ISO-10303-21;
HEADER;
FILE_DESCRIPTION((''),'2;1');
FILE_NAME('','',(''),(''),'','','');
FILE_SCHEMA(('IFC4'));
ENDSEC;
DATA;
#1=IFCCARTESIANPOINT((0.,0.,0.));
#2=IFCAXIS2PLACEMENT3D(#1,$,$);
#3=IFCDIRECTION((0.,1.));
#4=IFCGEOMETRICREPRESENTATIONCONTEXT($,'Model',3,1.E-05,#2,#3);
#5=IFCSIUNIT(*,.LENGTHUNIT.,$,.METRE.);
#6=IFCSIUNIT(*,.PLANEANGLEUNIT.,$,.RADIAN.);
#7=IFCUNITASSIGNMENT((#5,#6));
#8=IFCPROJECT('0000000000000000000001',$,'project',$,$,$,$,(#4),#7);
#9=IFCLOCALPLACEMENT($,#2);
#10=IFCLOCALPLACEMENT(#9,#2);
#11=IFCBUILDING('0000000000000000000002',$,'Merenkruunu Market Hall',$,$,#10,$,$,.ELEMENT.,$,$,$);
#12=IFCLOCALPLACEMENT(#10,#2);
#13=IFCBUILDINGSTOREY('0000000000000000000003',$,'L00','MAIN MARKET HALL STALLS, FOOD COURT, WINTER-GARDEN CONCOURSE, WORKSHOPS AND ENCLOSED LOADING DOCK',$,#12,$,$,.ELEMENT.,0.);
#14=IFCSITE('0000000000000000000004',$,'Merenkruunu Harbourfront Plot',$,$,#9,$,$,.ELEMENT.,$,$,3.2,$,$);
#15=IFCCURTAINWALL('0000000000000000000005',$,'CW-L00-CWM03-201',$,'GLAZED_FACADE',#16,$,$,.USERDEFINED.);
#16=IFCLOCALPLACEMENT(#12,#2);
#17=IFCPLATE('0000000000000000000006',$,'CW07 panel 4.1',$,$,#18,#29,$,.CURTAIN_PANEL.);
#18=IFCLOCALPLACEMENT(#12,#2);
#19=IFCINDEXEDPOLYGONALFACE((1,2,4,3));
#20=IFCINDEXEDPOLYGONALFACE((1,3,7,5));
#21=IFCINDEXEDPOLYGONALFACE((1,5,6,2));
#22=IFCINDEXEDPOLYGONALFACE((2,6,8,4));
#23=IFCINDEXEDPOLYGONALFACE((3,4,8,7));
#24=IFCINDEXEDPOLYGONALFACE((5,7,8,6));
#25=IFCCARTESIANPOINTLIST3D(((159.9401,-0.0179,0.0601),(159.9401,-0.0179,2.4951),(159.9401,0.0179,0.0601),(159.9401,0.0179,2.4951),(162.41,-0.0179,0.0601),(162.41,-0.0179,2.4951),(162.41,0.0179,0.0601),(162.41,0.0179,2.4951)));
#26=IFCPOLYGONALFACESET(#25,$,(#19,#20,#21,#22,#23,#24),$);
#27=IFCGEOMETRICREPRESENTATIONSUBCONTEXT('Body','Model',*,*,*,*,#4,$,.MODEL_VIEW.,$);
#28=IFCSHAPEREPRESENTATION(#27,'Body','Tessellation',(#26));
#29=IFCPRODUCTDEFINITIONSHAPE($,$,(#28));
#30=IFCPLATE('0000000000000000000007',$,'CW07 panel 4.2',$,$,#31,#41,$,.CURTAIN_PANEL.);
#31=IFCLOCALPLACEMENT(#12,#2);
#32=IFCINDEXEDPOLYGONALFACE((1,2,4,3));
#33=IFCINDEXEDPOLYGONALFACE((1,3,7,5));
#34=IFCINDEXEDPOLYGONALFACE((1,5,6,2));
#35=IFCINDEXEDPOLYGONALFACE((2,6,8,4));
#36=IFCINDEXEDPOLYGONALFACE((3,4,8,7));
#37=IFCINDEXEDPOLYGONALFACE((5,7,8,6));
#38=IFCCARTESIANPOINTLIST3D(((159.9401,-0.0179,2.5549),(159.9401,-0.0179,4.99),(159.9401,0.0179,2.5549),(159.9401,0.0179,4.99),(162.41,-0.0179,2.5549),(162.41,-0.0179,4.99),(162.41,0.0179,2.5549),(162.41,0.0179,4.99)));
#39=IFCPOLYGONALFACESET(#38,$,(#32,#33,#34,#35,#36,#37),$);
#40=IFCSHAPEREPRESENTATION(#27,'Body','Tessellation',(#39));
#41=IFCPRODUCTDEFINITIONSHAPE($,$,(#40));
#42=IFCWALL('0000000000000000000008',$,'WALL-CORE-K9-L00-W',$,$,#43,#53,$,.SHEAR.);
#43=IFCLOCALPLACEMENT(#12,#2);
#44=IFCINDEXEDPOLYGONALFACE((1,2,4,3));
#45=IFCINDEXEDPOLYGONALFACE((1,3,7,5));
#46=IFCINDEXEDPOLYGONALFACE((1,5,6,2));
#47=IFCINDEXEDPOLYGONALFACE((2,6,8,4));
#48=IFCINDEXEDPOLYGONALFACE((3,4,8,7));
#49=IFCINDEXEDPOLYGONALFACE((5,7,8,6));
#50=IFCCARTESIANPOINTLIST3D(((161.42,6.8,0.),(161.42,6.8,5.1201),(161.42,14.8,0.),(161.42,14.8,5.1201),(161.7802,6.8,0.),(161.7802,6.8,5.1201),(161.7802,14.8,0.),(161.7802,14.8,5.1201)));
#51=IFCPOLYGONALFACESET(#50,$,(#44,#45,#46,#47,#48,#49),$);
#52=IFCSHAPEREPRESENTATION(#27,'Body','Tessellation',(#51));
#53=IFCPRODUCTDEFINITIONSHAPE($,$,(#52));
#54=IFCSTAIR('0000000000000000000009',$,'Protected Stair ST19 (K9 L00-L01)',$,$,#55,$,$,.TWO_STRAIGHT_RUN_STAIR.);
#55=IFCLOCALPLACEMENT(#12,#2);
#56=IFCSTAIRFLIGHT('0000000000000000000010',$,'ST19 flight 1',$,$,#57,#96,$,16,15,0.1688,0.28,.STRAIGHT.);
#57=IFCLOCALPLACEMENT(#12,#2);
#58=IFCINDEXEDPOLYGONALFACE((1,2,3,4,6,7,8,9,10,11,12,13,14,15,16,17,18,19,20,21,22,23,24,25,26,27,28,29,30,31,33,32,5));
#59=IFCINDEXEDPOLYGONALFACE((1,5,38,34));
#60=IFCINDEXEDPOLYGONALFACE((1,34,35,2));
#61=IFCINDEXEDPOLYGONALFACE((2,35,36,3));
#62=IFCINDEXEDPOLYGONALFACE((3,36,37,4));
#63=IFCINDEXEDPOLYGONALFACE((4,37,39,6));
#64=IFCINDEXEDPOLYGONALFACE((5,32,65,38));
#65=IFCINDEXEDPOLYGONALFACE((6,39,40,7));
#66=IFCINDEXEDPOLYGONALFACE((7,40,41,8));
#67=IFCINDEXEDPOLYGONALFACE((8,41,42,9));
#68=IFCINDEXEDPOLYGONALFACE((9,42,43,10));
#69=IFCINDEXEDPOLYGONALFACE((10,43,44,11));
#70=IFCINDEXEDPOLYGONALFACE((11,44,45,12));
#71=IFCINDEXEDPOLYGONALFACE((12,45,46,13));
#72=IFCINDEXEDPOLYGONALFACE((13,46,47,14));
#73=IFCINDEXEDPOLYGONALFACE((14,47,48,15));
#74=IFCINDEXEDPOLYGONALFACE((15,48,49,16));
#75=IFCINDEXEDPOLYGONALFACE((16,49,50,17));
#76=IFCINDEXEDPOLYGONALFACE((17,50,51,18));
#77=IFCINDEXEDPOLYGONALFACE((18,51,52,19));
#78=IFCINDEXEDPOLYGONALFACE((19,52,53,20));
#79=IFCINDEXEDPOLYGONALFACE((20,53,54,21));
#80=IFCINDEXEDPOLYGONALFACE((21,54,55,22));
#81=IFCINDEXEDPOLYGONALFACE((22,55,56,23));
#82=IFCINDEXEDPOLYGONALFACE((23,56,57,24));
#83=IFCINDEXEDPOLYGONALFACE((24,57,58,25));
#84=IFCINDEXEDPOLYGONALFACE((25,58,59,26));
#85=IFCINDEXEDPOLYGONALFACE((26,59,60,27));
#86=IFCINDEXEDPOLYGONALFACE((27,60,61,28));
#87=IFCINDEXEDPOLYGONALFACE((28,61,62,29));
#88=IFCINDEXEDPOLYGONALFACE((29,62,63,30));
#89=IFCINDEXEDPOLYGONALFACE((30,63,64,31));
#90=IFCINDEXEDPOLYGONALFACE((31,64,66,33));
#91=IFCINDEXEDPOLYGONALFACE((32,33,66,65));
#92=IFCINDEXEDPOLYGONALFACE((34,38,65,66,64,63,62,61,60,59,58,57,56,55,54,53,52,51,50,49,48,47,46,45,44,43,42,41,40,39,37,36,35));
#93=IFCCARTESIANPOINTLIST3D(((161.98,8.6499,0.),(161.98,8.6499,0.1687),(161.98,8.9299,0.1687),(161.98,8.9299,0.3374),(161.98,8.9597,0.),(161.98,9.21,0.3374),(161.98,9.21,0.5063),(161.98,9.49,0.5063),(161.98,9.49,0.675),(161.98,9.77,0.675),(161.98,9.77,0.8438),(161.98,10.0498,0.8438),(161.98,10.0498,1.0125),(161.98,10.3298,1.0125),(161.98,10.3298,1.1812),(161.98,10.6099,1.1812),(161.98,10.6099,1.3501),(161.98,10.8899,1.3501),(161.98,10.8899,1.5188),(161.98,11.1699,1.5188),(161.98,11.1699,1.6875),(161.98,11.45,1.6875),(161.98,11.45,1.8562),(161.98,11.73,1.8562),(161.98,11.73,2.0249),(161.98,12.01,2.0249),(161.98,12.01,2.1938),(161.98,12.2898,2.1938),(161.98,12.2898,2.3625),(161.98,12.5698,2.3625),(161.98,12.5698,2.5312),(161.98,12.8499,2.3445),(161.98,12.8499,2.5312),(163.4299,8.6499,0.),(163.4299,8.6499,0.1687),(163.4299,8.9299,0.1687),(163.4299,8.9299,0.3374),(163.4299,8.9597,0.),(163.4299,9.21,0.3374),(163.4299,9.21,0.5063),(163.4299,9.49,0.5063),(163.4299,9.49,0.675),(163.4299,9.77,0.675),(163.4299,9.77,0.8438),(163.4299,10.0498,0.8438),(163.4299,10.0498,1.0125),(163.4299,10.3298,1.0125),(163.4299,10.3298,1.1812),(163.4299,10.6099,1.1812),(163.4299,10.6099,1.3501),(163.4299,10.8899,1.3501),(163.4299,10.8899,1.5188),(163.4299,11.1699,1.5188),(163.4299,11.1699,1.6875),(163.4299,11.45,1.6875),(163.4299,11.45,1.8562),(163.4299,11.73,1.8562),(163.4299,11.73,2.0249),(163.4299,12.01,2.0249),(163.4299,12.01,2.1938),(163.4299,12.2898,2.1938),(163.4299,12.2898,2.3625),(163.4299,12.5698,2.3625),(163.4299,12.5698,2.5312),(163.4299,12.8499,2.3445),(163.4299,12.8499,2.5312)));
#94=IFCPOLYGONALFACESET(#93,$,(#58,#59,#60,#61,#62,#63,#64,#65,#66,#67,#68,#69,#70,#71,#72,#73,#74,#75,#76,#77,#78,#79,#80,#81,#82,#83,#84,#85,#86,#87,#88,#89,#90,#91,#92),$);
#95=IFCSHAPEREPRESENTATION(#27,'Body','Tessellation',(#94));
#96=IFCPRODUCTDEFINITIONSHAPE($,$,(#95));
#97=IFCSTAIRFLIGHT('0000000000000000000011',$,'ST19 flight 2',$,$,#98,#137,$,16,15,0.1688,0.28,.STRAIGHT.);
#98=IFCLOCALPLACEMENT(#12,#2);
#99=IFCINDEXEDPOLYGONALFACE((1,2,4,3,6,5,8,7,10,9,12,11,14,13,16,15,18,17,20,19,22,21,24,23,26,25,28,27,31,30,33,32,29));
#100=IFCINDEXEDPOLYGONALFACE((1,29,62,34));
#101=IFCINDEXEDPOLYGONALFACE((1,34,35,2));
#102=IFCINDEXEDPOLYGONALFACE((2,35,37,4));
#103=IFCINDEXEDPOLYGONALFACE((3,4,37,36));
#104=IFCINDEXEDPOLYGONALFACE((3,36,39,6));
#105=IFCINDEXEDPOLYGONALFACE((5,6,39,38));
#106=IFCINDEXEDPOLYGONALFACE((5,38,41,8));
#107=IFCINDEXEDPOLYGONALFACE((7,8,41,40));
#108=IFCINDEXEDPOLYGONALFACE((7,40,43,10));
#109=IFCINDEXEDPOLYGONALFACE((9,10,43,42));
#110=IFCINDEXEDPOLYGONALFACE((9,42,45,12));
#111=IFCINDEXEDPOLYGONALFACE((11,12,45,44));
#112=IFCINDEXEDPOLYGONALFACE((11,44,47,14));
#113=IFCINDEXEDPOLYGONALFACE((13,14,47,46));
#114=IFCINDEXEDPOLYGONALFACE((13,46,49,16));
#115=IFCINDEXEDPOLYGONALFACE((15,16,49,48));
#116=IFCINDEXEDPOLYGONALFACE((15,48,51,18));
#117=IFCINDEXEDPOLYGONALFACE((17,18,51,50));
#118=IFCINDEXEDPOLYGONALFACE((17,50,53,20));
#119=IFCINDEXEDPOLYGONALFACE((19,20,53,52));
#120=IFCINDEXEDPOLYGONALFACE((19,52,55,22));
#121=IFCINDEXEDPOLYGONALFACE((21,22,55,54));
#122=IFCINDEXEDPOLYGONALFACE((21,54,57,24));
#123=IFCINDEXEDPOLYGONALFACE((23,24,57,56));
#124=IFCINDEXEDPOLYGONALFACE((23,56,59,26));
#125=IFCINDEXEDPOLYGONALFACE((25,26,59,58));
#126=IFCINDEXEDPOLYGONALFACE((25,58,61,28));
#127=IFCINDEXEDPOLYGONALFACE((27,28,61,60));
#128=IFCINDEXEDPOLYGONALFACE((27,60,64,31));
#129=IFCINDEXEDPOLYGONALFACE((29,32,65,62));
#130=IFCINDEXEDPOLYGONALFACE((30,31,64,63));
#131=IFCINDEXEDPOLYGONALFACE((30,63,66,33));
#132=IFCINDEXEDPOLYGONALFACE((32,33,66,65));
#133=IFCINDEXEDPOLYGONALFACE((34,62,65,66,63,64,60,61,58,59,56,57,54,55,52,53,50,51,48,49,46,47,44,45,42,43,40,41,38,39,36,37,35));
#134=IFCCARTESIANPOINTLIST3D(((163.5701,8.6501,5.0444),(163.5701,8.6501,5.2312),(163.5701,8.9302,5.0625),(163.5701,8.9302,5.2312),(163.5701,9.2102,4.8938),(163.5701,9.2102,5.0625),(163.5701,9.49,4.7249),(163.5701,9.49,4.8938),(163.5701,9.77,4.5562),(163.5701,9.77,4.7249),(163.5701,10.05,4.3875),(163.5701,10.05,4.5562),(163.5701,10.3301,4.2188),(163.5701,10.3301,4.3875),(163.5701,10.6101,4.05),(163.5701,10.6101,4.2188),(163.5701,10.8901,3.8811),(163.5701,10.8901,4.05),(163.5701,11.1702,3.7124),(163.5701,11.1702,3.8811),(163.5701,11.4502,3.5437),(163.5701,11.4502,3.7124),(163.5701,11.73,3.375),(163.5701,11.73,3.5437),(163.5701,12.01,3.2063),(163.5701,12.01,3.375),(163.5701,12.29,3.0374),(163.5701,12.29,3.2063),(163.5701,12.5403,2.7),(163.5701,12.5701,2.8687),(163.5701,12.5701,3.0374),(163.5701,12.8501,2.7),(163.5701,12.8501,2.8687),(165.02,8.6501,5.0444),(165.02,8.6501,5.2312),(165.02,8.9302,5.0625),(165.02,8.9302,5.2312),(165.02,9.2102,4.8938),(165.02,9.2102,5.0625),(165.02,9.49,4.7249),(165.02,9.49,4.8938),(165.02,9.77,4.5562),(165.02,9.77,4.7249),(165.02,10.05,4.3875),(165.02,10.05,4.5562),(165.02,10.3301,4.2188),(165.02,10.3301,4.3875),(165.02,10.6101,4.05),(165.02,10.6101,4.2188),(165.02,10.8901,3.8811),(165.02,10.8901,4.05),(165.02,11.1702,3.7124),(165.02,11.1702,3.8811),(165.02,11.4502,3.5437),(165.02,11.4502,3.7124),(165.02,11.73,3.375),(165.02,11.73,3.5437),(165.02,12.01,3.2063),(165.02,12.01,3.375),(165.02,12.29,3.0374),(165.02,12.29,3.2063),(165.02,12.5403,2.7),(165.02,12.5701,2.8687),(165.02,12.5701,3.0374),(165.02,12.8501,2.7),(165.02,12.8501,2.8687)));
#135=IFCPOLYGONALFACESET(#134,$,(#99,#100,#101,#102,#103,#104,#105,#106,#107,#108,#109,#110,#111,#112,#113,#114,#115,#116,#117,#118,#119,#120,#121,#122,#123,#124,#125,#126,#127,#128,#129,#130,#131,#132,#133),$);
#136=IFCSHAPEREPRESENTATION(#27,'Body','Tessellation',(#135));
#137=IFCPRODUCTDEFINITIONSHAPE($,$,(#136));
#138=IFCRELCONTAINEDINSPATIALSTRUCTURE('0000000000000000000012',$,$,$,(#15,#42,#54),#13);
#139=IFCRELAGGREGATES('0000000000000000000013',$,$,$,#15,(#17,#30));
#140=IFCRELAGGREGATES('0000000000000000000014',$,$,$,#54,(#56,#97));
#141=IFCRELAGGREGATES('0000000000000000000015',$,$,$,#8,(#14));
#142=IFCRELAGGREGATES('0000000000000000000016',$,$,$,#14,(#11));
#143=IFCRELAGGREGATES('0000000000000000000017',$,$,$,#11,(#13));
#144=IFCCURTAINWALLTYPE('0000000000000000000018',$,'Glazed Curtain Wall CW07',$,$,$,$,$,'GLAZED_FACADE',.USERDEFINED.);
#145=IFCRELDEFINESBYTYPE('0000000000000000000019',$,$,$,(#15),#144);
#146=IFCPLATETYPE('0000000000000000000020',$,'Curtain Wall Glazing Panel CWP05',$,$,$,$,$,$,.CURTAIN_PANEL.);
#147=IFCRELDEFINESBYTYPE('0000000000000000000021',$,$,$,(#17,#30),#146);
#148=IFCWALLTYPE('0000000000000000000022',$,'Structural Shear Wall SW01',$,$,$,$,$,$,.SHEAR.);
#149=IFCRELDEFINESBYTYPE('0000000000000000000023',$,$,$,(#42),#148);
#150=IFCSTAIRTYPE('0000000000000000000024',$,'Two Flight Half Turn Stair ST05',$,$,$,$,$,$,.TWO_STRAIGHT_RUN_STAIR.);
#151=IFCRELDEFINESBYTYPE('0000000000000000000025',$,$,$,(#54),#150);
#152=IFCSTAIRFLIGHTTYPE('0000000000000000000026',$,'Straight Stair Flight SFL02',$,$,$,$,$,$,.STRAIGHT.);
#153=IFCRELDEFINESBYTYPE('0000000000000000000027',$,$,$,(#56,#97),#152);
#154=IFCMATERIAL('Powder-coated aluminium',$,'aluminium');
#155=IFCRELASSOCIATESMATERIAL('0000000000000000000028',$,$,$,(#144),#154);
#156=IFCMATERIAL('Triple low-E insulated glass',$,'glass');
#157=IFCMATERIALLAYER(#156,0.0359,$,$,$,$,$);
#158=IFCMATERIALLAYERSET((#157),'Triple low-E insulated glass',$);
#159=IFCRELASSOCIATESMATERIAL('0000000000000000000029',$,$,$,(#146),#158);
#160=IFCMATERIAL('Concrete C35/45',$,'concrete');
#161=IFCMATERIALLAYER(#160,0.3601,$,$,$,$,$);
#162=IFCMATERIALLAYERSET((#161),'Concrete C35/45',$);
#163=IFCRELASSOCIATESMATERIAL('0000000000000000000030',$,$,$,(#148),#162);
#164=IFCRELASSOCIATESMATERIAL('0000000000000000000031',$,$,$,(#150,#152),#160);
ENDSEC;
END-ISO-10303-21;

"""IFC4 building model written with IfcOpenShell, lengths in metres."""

from ifc_helpers import new_model, si_unit, direction, frame, frame_2d, origin, origin_2d, place, context, subcontext, project, spatial, polyline, rectangle, outline, extrude, material, layer, layer_set, type_object, element, aggregate, save


model = new_model("IFC4")

# Units and contexts
model_context = context("Model", 3, precision=1e-05, world=origin(), true_north=direction((0.0, 1.0)))
body_context = subcontext(model_context, "Body", "Model", "MODEL_VIEW")
ifc_project = project(units=[si_unit("LENGTHUNIT", "METRE"), si_unit("PLANEANGLEUNIT", "RADIAN")], contexts=[model_context])

# Site, building, storey
site_placement = place(None, origin())
site = spatial("IfcSite", under=ifc_project, at=site_placement, Name="Merenkruunu Harbourfront Plot", CompositionType="ELEMENT", RefElevation=3.2)
building_placement = place(site_placement, origin())
building = spatial("IfcBuilding", under=site, at=building_placement, Name="Merenkruunu Market Hall", CompositionType="ELEMENT")
storey_placement = place(building_placement, origin())
storey = spatial("IfcBuildingStorey", under=building, at=storey_placement, Name="L00", Description="MAIN MARKET HALL STALLS, FOOD COURT, WINTER-GARDEN CONCOURSE, WORKSHOPS AND ENCLOSED LOADING DOCK", CompositionType="ELEMENT", Elevation=0.0)

# Curtain wall, plates
ifc_material_1 = material(Name="Powder-coated aluminium", Category="aluminium")
curtain_wall_type = type_object("IfcCurtainWallType", Name="Glazed Curtain Wall CW07", ElementType="GLAZED_FACADE", PredefinedType="USERDEFINED", material=ifc_material_1)
curtain_wall_placement = place(storey_placement, origin())
curtain_wall = element("IfcCurtainWall", 1, at=curtain_wall_placement, inside=storey, type_object=curtain_wall_type, Name="CW-L00-CWM03-201", ObjectType="GLAZED_FACADE", PredefinedType="USERDEFINED")
ifc_material_2 = material(Name="Triple low-E insulated glass", Category="glass")
ifc_layer_1 = layer(ifc_material_2, 0.0359)
ifc_layer_set_1 = layer_set([ifc_layer_1], Name="Triple low-E insulated glass")
plate_type = type_object("IfcPlateType", Name="Curtain Wall Glazing Panel CWP05", PredefinedType="CURTAIN_PANEL", material=ifc_layer_set_1)
plate_1_placement = place(storey_placement, frame((161.175, 0.0, 0.0601), z_axis=(0.0, 0.0, 1.0), x_axis=(-1.0, 0.0, 0.0)))
plate_1 = element("IfcPlate", 2, at=plate_1_placement, type_object=plate_type, Name="CW07 panel 4.1", PredefinedType="CURTAIN_PANEL", context=body_context, shape_type="SweptSolid", body=[
    extrude(rectangle(XDim=2.47, YDim=0.0359, at=origin_2d()), origin(), (0.0, 0.0, 1.0), 2.4351),
])
plate_2_placement = place(storey_placement, frame((161.175, 0.0, 2.5549), z_axis=(0.0, 0.0, 1.0), x_axis=(-1.0, 0.0, 0.0)))
plate_2 = element("IfcPlate", 3, at=plate_2_placement, type_object=plate_type, Name="CW07 panel 4.2", PredefinedType="CURTAIN_PANEL", context=body_context, shape_type="SweptSolid", body=[
    extrude(rectangle(XDim=2.47, YDim=0.0359, at=origin_2d()), origin(), (0.0, 0.0, 1.0), 2.4351),
])
aggregate(curtain_wall, [plate_1, plate_2])

# Wall
ifc_material_3 = material(Name="Concrete C35/45", Category="concrete")
ifc_layer_2 = layer(ifc_material_3, 0.3601)
ifc_layer_set_2 = layer_set([ifc_layer_2], Name="Concrete C35/45")
wall_type = type_object("IfcWallType", Name="Structural Shear Wall SW01", PredefinedType="SHEAR", material=ifc_layer_set_2)
wall_placement = place(storey_placement, frame((161.6001, 14.8, 0.0), z_axis=(0.0, 0.0, 1.0), x_axis=(0.0, -1.0, 0.0)))
element("IfcWall", 4, at=wall_placement, inside=storey, type_object=wall_type, Name="WALL-CORE-K9-L00-W", PredefinedType="SHEAR", context=body_context, shape_type="SweptSolid", body=[
    extrude(rectangle(XDim=8.0, YDim=0.3601, at=frame_2d((4.0, 0.0))), origin(), (0.0, 0.0, 1.0), 5.1201),
])

# Stair, stair flights
stair_type = type_object("IfcStairType", Name="Two Flight Half Turn Stair ST05", PredefinedType="TWO_STRAIGHT_RUN_STAIR", material=ifc_material_3)
stair_placement = place(storey_placement, origin())
stair = element("IfcStair", 5, at=stair_placement, inside=storey, type_object=stair_type, Name="Protected Stair ST19 (K9 L00-L01)", PredefinedType="TWO_STRAIGHT_RUN_STAIR")
stair_flight_type = type_object("IfcStairFlightType", Name="Straight Stair Flight SFL02", PredefinedType="STRAIGHT", material=ifc_material_3)
stair_flight_1_placement = place(storey_placement, frame((162.7051, 8.6499, 0.0), z_axis=(0.0, 0.0, 1.0), x_axis=(0.0, 1.0, 0.0)))
stair_flight_1 = element("IfcStairFlight", 6, at=stair_flight_1_placement, type_object=stair_flight_type, Name="ST19 flight 1", NumberOfRisers=16, NumberOfTreads=15, PredefinedType="STRAIGHT", RiserHeight=0.1688, TreadLength=0.28, context=body_context, shape_type="SweptSolid", body=[
    extrude(outline(polyline([(0.0, 0.0), (0.0, 0.1687), (0.28, 0.1687), (0.28, 0.3374), (0.5601, 0.3374), (0.5601, 0.5063), (0.8401, 0.5063), (0.8401, 0.675), (1.1201, 0.675), (1.1201, 0.8438), (1.3999, 0.8438), (1.3999, 1.0125), (1.6799, 1.0125), (1.6799, 1.1812), (1.96, 1.1812), (1.96, 1.3501), (2.24, 1.3501), (2.24, 1.5188), (2.52, 1.5188), (2.52, 1.6875), (2.8, 1.6875), (2.8, 1.8562), (3.0801, 1.8562), (3.0801, 2.0249), (3.3601, 2.0249), (3.3601, 2.1938), (3.6399, 2.1938), (3.6399, 2.3625), (3.9199, 2.3625), (3.9199, 2.5312), (4.2, 2.5312), (4.2, 2.7), (4.2, 2.3445), (0.3098, 0.0), (0.0, 0.0)])), frame((0.0, 0.7251, 0.0), z_axis=(0.0, -1.0, 0.0), x_axis=(1.0, 0.0, 0.0)), (0.0, 0.0, 1.0), 1.45),
])
stair_flight_2_placement = place(storey_placement, frame((164.2949, 12.8501, 2.7), z_axis=(0.0, 0.0, 1.0), x_axis=(0.0, -1.0, 0.0)))
stair_flight_2 = element("IfcStairFlight", 7, at=stair_flight_2_placement, type_object=stair_flight_type, Name="ST19 flight 2", NumberOfRisers=16, NumberOfTreads=15, PredefinedType="STRAIGHT", RiserHeight=0.1688, TreadLength=0.28, context=body_context, shape_type="SweptSolid", body=[
    extrude(outline(polyline([(0.0, 0.0), (0.0, 0.1687), (0.28, 0.1687), (0.28, 0.3374), (0.5601, 0.3374), (0.5601, 0.5063), (0.8401, 0.5063), (0.8401, 0.675), (1.1201, 0.675), (1.1201, 0.8438), (1.3999, 0.8438), (1.3999, 1.0125), (1.6799, 1.0125), (1.6799, 1.1812), (1.96, 1.1812), (1.96, 1.3501), (2.24, 1.3501), (2.24, 1.5188), (2.52, 1.5188), (2.52, 1.6875), (2.8, 1.6875), (2.8, 1.8562), (3.0801, 1.8562), (3.0801, 2.0249), (3.3601, 2.0249), (3.3601, 2.1938), (3.6399, 2.1938), (3.6399, 2.3625), (3.9199, 2.3625), (3.9199, 2.5312), (4.2, 2.5312), (4.2, 2.7), (4.2, 2.3445), (0.3098, 0.0), (0.0, 0.0)])), frame((0.0, 0.7251, 0.0), z_axis=(0.0, -1.0, 0.0), x_axis=(1.0, 0.0, 0.0)), (0.0, 0.0, 1.0), 1.45),
])
aggregate(stair, [stair_flight_1, stair_flight_2])

save(model, "model.ifc")
